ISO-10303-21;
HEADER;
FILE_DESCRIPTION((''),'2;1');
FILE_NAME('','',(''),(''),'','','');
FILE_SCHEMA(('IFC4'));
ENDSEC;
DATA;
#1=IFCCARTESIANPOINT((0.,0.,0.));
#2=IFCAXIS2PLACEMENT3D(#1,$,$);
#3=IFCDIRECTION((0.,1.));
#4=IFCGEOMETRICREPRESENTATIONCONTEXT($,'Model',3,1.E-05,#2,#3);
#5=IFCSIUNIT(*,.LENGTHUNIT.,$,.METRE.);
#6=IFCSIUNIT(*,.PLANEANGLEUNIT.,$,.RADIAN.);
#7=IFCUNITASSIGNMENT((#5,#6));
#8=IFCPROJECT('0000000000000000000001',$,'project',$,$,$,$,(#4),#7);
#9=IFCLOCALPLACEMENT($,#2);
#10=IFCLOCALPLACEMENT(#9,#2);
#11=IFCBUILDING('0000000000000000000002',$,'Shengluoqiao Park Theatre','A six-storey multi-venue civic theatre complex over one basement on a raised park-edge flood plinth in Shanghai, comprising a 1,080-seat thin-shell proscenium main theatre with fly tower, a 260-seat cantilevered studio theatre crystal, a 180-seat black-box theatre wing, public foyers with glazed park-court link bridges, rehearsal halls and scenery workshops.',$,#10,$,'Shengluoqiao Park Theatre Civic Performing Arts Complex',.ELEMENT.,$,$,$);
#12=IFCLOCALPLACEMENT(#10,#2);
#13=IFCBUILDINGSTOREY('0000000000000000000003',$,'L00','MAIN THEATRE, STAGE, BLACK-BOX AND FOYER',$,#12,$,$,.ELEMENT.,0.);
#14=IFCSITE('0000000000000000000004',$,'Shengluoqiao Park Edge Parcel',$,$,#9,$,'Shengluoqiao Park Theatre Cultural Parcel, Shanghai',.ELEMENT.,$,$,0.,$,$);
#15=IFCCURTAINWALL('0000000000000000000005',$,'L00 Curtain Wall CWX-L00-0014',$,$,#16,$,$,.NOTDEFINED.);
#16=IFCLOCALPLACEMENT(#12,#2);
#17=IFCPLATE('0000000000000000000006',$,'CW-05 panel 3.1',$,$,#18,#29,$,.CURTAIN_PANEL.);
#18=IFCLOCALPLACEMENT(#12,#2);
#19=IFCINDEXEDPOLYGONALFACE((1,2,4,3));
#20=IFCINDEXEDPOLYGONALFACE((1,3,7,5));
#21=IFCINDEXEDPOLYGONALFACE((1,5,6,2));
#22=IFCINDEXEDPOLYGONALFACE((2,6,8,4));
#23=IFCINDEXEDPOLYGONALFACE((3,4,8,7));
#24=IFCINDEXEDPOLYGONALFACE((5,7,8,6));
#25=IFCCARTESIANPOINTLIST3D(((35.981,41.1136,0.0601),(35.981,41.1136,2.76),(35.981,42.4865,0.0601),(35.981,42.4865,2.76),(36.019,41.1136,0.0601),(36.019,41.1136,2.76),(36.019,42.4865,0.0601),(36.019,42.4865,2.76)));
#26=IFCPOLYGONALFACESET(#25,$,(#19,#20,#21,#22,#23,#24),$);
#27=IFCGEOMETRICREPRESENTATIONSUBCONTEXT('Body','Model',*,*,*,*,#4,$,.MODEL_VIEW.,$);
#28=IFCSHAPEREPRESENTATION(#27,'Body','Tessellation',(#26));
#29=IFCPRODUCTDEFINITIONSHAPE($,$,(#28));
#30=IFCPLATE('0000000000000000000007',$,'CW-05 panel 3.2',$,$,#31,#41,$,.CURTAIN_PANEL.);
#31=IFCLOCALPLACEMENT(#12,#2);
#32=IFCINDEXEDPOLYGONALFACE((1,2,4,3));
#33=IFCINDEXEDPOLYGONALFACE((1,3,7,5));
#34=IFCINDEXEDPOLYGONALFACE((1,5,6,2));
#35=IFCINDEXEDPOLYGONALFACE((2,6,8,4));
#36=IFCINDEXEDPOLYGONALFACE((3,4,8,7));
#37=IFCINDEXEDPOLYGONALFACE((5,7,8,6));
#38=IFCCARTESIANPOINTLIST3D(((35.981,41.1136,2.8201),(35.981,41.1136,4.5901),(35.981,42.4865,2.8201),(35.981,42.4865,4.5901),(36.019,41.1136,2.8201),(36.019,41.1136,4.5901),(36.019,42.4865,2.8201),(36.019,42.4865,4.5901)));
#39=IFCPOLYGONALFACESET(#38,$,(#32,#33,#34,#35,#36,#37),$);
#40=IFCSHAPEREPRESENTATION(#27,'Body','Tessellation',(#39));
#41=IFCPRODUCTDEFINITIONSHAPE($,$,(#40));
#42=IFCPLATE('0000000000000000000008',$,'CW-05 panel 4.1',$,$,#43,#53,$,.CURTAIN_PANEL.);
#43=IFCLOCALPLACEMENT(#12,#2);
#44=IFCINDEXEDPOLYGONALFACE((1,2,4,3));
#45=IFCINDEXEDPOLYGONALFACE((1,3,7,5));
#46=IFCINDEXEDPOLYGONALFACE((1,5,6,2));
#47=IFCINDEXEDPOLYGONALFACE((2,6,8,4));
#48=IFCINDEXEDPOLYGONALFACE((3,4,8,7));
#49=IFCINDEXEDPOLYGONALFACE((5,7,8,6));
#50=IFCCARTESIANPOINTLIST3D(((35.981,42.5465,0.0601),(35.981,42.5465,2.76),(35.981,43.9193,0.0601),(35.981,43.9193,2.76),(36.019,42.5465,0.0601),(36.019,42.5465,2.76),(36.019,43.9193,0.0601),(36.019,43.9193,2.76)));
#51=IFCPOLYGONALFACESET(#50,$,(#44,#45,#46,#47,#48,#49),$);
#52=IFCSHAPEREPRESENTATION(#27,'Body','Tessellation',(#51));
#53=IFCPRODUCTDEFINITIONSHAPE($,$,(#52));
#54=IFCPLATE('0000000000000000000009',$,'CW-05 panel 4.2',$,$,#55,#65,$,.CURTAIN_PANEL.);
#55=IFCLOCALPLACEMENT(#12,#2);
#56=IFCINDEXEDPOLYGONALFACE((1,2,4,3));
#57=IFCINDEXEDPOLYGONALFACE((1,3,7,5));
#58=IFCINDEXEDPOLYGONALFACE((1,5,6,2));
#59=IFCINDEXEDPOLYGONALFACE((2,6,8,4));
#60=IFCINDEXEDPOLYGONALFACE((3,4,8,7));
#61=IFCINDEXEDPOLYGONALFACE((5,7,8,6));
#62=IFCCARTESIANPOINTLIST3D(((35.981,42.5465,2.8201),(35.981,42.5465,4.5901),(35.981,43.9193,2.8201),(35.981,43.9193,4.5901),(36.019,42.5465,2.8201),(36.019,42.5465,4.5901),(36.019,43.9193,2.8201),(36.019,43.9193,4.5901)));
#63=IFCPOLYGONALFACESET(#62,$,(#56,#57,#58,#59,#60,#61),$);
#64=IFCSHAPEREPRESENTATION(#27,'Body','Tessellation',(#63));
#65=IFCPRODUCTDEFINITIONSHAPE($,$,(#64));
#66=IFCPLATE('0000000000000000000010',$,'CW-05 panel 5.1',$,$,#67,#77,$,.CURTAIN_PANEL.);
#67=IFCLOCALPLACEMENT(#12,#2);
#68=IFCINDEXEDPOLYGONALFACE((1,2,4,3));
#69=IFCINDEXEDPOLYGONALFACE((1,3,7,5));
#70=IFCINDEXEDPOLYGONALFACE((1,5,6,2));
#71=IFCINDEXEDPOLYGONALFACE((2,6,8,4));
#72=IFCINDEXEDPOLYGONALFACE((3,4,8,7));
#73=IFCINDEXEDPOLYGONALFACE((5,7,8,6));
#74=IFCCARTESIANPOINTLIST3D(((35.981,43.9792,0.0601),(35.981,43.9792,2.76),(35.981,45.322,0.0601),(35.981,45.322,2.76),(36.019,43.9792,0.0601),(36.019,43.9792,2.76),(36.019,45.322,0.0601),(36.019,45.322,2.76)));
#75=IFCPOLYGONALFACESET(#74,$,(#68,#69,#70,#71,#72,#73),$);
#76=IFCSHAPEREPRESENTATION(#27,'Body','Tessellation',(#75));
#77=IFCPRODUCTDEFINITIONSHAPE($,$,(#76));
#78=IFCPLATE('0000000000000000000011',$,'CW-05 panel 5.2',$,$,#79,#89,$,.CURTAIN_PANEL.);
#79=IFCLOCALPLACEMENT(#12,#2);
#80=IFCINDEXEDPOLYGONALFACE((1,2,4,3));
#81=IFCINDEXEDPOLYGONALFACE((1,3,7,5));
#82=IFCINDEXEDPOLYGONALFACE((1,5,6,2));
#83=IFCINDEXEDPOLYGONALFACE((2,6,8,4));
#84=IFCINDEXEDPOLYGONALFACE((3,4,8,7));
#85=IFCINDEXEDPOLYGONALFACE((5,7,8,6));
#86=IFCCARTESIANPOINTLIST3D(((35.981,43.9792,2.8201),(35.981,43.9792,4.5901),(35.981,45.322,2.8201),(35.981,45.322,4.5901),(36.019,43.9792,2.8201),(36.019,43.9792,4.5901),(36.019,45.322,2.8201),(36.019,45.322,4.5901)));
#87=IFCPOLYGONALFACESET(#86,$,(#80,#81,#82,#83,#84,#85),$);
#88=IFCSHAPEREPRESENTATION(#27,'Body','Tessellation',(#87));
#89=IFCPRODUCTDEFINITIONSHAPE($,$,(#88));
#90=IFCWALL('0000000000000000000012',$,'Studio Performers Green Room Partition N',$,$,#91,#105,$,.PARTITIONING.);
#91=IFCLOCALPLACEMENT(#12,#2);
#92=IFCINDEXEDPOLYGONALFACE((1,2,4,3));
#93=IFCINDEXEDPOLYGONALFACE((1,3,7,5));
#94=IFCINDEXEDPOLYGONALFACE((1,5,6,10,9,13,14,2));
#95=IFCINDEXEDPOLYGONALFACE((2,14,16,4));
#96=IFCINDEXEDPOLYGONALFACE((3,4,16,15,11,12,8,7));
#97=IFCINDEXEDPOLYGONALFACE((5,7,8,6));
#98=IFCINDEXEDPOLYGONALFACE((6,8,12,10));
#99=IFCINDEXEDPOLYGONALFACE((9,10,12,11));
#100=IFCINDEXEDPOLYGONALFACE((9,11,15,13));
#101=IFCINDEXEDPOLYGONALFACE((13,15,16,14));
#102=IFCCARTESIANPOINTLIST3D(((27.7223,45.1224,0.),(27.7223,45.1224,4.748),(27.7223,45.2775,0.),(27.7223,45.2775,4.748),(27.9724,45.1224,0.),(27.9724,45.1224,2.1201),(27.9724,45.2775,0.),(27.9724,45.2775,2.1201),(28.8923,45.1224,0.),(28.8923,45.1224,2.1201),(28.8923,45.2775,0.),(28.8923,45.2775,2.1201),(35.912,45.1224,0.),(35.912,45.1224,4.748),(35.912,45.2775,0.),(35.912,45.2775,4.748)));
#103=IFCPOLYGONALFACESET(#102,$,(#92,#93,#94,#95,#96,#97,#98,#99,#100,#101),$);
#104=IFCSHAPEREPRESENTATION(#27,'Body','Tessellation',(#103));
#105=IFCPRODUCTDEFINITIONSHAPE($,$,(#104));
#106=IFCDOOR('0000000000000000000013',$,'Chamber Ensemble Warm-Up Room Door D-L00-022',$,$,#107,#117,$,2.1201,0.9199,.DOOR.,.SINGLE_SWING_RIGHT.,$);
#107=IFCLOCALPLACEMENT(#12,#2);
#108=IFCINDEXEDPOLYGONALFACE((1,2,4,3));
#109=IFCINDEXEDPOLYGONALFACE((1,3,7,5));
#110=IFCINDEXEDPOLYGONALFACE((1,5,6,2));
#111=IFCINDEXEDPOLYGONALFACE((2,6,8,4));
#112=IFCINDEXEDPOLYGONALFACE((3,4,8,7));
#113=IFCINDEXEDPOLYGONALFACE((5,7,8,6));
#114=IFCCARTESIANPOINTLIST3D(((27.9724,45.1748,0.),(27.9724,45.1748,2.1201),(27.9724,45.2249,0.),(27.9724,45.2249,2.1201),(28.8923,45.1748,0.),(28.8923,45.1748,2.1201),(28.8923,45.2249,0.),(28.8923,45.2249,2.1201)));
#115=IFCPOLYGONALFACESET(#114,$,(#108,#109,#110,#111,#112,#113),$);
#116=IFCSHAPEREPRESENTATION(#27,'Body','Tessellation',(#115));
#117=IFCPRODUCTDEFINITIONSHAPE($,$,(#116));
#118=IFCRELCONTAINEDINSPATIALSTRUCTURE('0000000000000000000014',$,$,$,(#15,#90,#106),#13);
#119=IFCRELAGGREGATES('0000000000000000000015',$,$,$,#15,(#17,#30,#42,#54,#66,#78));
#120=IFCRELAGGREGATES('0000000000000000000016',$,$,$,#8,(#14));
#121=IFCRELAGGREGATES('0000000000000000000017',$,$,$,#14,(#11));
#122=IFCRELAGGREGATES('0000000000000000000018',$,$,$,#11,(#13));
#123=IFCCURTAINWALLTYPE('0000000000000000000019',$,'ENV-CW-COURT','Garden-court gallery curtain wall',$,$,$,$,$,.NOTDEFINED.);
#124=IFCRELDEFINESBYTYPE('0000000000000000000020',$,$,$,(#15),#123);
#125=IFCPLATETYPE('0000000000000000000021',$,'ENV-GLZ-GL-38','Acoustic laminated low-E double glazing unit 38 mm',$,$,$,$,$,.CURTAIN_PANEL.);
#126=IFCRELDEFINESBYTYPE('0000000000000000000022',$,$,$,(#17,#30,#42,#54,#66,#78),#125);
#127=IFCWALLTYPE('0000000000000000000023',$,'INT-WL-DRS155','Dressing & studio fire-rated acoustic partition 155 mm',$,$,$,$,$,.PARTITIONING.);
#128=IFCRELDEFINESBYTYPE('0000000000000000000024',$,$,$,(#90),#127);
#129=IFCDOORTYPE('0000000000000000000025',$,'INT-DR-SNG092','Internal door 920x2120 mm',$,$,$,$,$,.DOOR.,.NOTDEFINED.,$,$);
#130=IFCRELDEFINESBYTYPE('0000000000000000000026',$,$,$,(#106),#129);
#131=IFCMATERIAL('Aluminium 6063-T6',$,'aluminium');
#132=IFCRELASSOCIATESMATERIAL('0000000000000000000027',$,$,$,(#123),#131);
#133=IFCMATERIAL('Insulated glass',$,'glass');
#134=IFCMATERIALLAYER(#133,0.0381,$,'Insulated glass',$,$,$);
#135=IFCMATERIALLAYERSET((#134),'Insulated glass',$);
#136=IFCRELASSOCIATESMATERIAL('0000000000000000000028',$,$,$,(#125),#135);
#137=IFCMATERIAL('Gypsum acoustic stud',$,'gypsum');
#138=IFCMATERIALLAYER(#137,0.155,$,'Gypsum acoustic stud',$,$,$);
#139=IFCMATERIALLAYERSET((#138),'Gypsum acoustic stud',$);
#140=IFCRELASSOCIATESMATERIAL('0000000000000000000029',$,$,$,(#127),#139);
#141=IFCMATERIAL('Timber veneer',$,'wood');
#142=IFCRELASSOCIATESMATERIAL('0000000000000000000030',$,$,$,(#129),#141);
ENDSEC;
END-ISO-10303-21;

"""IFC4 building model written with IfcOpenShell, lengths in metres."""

from ifc_helpers import new_model, si_unit, direction, frame, frame_2d, origin, origin_2d, place, context, subcontext, project, spatial, rectangle, extrude, material, layer, layer_set, type_object, element, fill, aggregate, save


model = new_model("IFC4")

# Units and contexts
model_context = context("Model", 3, precision=1e-05, world=origin(), true_north=direction((0.0, 1.0)))
body_context = subcontext(model_context, "Body", "Model", "MODEL_VIEW")
ifc_project = project(units=[si_unit("LENGTHUNIT", "METRE"), si_unit("PLANEANGLEUNIT", "RADIAN")], contexts=[model_context])

# Site, building, storey
site_placement = place(None, origin())
site = spatial("IfcSite", under=ifc_project, at=site_placement, Name="Shengluoqiao Park Edge Parcel", LongName="Shengluoqiao Park Theatre Cultural Parcel, Shanghai", CompositionType="ELEMENT", RefElevation=0.0)
building_placement = place(site_placement, origin())
building = spatial("IfcBuilding", under=site, at=building_placement, Name="Shengluoqiao Park Theatre", Description="A six-storey multi-venue civic theatre complex over one basement on a raised park-edge flood plinth in Shanghai, comprising a 1,080-seat thin-shell proscenium main theatre with fly tower, a 260-seat cantilevered studio theatre crystal, a 180-seat black-box theatre wing, public foyers with glazed park-court link bridges, rehearsal halls and scenery workshops.", LongName="Shengluoqiao Park Theatre Civic Performing Arts Complex", CompositionType="ELEMENT")
storey_placement = place(building_placement, origin())
storey = spatial("IfcBuildingStorey", under=building, at=storey_placement, Name="L00", Description="MAIN THEATRE, STAGE, BLACK-BOX AND FOYER", CompositionType="ELEMENT", Elevation=0.0)

# Curtain wall, plates
ifc_material_1 = material(Name="Aluminium 6063-T6", Category="aluminium")
curtain_wall_type = type_object("IfcCurtainWallType", Name="ENV-CW-COURT", Description="Garden-court gallery curtain wall", PredefinedType="NOTDEFINED", material=ifc_material_1)
curtain_wall_placement = place(storey_placement, origin())
curtain_wall = element("IfcCurtainWall", 1, at=curtain_wall_placement, inside=storey, type_object=curtain_wall_type, Name="L00 Curtain Wall CWX-L00-0014", PredefinedType="NOTDEFINED")
ifc_material_2 = material(Name="Insulated glass", Category="glass")
ifc_layer_1 = layer(ifc_material_2, 0.0381, Name="Insulated glass")
ifc_layer_set_1 = layer_set([ifc_layer_1], Name="Insulated glass")
plate_type = type_object("IfcPlateType", Name="ENV-GLZ-GL-38", Description="Acoustic laminated low-E double glazing unit 38 mm", PredefinedType="CURTAIN_PANEL", material=ifc_layer_set_1)
plate_1_placement = place(storey_placement, frame((36.0, 41.8, 0.0601), z_axis=(0.0, 0.0, 1.0), x_axis=(0.0, 1.0, 0.0)))
plate_1 = element("IfcPlate", 2, at=plate_1_placement, type_object=plate_type, Name="CW-05 panel 3.1", PredefinedType="CURTAIN_PANEL", context=body_context, shape_type="SweptSolid", body=[
    extrude(rectangle(XDim=1.3728, YDim=0.0381, at=origin_2d()), origin(), (0.0, 0.0, 1.0), 2.7),
])
plate_2_placement = place(storey_placement, frame((36.0, 41.8, 2.8201), z_axis=(0.0, 0.0, 1.0), x_axis=(0.0, 1.0, 0.0)))
plate_2 = element("IfcPlate", 3, at=plate_2_placement, type_object=plate_type, Name="CW-05 panel 3.2", PredefinedType="CURTAIN_PANEL", context=body_context, shape_type="SweptSolid", body=[
    extrude(rectangle(XDim=1.3728, YDim=0.0381, at=origin_2d()), origin(), (0.0, 0.0, 1.0), 1.77),
])
plate_3_placement = place(storey_placement, frame((36.0, 43.2329, 0.0601), z_axis=(0.0, 0.0, 1.0), x_axis=(0.0, 1.0, 0.0)))
plate_3 = element("IfcPlate", 4, at=plate_3_placement, type_object=plate_type, Name="CW-05 panel 4.1", PredefinedType="CURTAIN_PANEL", context=body_context, shape_type="SweptSolid", body=[
    extrude(rectangle(XDim=1.3728, YDim=0.0381, at=origin_2d()), origin(), (0.0, 0.0, 1.0), 2.7),
])
plate_4_placement = place(storey_placement, frame((36.0, 43.2329, 2.8201), z_axis=(0.0, 0.0, 1.0), x_axis=(0.0, 1.0, 0.0)))
plate_4 = element("IfcPlate", 5, at=plate_4_placement, type_object=plate_type, Name="CW-05 panel 4.2", PredefinedType="CURTAIN_PANEL", context=body_context, shape_type="SweptSolid", body=[
    extrude(rectangle(XDim=1.3728, YDim=0.0381, at=origin_2d()), origin(), (0.0, 0.0, 1.0), 1.77),
])
plate_5_placement = place(storey_placement, frame((36.0, 44.6506, 0.0601), z_axis=(0.0, 0.0, 1.0), x_axis=(0.0, 1.0, 0.0)))
plate_5 = element("IfcPlate", 6, at=plate_5_placement, type_object=plate_type, Name="CW-05 panel 5.1", PredefinedType="CURTAIN_PANEL", context=body_context, shape_type="SweptSolid", body=[
    extrude(rectangle(XDim=1.3428, YDim=0.0381, at=origin_2d()), origin(), (0.0, 0.0, 1.0), 2.7),
])
plate_6_placement = place(storey_placement, frame((36.0, 44.6506, 2.8201), z_axis=(0.0, 0.0, 1.0), x_axis=(0.0, 1.0, 0.0)))
plate_6 = element("IfcPlate", 7, at=plate_6_placement, type_object=plate_type, Name="CW-05 panel 5.2", PredefinedType="CURTAIN_PANEL", context=body_context, shape_type="SweptSolid", body=[
    extrude(rectangle(XDim=1.3428, YDim=0.0381, at=origin_2d()), origin(), (0.0, 0.0, 1.0), 1.77),
])
aggregate(curtain_wall, [plate_1, plate_2, plate_3, plate_4, plate_5, plate_6])

# Wall, opening, door
ifc_material_3 = material(Name="Gypsum acoustic stud", Category="gypsum")
ifc_layer_2 = layer(ifc_material_3, 0.155, Name="Gypsum acoustic stud")
ifc_layer_set_2 = layer_set([ifc_layer_2], Name="Gypsum acoustic stud")
wall_type = type_object("IfcWallType", Name="INT-WL-DRS155", Description="Dressing & studio fire-rated acoustic partition 155 mm", PredefinedType="PARTITIONING", material=ifc_layer_set_2)
wall_placement = place(storey_placement, frame((27.7224, 45.2, 0.0), z_axis=(0.0, 0.0, 1.0), x_axis=(1.0, 0.0, 0.0)))
wall = element("IfcWall", 8, at=wall_placement, inside=storey, type_object=wall_type, Name="Studio Performers Green Room Partition N", PredefinedType="PARTITIONING", context=body_context, shape_type="SweptSolid", body=[
    extrude(rectangle(XDim=8.1897, YDim=0.155, at=frame_2d((4.0947, 0.0))), origin(), (0.0, 0.0, 1.0), 4.748),
])
opening_placement = place(wall_placement, frame((0.25, 0.0, 0.0)))
opening = element("IfcOpeningElement", 9, at=opening_placement, cuts=wall, PredefinedType="OPENING", context=body_context, shape_type="SweptSolid", body=[
    extrude(rectangle(XDim=0.9199, YDim=2.1201, at=frame_2d((0.46, 1.0601))), frame((0.0, 0.0874, 0.0), z_axis=(0.0, -1.0, 0.0), x_axis=(1.0, 0.0, 0.0)), (0.0, 0.0, 1.0), 0.175),
])
ifc_material_4 = material(Name="Timber veneer", Category="wood")
door_type = type_object("IfcDoorType", Name="INT-DR-SNG092", Description="Internal door 920x2120 mm", OperationType="NOTDEFINED", PredefinedType="DOOR", material=ifc_material_4)
door_placement = place(opening_placement, origin())
door = element("IfcDoor", 10, at=door_placement, inside=storey, type_object=door_type, Name="Chamber Ensemble Warm-Up Room Door D-L00-022", OperationType="SINGLE_SWING_RIGHT", OverallHeight=2.1201, OverallWidth=0.9199, PredefinedType="DOOR", context=body_context, shape_type="SweptSolid", body=[
    extrude(rectangle(XDim=0.9199, YDim=2.1201, at=frame_2d((0.46, 1.0601))), frame((0.0, 0.0249, 0.0), z_axis=(0.0, -1.0, 0.0), x_axis=(1.0, 0.0, 0.0)), (0.0, 0.0, 1.0), 0.05),
])
fill(opening, door)

save(model, "model.ifc")
